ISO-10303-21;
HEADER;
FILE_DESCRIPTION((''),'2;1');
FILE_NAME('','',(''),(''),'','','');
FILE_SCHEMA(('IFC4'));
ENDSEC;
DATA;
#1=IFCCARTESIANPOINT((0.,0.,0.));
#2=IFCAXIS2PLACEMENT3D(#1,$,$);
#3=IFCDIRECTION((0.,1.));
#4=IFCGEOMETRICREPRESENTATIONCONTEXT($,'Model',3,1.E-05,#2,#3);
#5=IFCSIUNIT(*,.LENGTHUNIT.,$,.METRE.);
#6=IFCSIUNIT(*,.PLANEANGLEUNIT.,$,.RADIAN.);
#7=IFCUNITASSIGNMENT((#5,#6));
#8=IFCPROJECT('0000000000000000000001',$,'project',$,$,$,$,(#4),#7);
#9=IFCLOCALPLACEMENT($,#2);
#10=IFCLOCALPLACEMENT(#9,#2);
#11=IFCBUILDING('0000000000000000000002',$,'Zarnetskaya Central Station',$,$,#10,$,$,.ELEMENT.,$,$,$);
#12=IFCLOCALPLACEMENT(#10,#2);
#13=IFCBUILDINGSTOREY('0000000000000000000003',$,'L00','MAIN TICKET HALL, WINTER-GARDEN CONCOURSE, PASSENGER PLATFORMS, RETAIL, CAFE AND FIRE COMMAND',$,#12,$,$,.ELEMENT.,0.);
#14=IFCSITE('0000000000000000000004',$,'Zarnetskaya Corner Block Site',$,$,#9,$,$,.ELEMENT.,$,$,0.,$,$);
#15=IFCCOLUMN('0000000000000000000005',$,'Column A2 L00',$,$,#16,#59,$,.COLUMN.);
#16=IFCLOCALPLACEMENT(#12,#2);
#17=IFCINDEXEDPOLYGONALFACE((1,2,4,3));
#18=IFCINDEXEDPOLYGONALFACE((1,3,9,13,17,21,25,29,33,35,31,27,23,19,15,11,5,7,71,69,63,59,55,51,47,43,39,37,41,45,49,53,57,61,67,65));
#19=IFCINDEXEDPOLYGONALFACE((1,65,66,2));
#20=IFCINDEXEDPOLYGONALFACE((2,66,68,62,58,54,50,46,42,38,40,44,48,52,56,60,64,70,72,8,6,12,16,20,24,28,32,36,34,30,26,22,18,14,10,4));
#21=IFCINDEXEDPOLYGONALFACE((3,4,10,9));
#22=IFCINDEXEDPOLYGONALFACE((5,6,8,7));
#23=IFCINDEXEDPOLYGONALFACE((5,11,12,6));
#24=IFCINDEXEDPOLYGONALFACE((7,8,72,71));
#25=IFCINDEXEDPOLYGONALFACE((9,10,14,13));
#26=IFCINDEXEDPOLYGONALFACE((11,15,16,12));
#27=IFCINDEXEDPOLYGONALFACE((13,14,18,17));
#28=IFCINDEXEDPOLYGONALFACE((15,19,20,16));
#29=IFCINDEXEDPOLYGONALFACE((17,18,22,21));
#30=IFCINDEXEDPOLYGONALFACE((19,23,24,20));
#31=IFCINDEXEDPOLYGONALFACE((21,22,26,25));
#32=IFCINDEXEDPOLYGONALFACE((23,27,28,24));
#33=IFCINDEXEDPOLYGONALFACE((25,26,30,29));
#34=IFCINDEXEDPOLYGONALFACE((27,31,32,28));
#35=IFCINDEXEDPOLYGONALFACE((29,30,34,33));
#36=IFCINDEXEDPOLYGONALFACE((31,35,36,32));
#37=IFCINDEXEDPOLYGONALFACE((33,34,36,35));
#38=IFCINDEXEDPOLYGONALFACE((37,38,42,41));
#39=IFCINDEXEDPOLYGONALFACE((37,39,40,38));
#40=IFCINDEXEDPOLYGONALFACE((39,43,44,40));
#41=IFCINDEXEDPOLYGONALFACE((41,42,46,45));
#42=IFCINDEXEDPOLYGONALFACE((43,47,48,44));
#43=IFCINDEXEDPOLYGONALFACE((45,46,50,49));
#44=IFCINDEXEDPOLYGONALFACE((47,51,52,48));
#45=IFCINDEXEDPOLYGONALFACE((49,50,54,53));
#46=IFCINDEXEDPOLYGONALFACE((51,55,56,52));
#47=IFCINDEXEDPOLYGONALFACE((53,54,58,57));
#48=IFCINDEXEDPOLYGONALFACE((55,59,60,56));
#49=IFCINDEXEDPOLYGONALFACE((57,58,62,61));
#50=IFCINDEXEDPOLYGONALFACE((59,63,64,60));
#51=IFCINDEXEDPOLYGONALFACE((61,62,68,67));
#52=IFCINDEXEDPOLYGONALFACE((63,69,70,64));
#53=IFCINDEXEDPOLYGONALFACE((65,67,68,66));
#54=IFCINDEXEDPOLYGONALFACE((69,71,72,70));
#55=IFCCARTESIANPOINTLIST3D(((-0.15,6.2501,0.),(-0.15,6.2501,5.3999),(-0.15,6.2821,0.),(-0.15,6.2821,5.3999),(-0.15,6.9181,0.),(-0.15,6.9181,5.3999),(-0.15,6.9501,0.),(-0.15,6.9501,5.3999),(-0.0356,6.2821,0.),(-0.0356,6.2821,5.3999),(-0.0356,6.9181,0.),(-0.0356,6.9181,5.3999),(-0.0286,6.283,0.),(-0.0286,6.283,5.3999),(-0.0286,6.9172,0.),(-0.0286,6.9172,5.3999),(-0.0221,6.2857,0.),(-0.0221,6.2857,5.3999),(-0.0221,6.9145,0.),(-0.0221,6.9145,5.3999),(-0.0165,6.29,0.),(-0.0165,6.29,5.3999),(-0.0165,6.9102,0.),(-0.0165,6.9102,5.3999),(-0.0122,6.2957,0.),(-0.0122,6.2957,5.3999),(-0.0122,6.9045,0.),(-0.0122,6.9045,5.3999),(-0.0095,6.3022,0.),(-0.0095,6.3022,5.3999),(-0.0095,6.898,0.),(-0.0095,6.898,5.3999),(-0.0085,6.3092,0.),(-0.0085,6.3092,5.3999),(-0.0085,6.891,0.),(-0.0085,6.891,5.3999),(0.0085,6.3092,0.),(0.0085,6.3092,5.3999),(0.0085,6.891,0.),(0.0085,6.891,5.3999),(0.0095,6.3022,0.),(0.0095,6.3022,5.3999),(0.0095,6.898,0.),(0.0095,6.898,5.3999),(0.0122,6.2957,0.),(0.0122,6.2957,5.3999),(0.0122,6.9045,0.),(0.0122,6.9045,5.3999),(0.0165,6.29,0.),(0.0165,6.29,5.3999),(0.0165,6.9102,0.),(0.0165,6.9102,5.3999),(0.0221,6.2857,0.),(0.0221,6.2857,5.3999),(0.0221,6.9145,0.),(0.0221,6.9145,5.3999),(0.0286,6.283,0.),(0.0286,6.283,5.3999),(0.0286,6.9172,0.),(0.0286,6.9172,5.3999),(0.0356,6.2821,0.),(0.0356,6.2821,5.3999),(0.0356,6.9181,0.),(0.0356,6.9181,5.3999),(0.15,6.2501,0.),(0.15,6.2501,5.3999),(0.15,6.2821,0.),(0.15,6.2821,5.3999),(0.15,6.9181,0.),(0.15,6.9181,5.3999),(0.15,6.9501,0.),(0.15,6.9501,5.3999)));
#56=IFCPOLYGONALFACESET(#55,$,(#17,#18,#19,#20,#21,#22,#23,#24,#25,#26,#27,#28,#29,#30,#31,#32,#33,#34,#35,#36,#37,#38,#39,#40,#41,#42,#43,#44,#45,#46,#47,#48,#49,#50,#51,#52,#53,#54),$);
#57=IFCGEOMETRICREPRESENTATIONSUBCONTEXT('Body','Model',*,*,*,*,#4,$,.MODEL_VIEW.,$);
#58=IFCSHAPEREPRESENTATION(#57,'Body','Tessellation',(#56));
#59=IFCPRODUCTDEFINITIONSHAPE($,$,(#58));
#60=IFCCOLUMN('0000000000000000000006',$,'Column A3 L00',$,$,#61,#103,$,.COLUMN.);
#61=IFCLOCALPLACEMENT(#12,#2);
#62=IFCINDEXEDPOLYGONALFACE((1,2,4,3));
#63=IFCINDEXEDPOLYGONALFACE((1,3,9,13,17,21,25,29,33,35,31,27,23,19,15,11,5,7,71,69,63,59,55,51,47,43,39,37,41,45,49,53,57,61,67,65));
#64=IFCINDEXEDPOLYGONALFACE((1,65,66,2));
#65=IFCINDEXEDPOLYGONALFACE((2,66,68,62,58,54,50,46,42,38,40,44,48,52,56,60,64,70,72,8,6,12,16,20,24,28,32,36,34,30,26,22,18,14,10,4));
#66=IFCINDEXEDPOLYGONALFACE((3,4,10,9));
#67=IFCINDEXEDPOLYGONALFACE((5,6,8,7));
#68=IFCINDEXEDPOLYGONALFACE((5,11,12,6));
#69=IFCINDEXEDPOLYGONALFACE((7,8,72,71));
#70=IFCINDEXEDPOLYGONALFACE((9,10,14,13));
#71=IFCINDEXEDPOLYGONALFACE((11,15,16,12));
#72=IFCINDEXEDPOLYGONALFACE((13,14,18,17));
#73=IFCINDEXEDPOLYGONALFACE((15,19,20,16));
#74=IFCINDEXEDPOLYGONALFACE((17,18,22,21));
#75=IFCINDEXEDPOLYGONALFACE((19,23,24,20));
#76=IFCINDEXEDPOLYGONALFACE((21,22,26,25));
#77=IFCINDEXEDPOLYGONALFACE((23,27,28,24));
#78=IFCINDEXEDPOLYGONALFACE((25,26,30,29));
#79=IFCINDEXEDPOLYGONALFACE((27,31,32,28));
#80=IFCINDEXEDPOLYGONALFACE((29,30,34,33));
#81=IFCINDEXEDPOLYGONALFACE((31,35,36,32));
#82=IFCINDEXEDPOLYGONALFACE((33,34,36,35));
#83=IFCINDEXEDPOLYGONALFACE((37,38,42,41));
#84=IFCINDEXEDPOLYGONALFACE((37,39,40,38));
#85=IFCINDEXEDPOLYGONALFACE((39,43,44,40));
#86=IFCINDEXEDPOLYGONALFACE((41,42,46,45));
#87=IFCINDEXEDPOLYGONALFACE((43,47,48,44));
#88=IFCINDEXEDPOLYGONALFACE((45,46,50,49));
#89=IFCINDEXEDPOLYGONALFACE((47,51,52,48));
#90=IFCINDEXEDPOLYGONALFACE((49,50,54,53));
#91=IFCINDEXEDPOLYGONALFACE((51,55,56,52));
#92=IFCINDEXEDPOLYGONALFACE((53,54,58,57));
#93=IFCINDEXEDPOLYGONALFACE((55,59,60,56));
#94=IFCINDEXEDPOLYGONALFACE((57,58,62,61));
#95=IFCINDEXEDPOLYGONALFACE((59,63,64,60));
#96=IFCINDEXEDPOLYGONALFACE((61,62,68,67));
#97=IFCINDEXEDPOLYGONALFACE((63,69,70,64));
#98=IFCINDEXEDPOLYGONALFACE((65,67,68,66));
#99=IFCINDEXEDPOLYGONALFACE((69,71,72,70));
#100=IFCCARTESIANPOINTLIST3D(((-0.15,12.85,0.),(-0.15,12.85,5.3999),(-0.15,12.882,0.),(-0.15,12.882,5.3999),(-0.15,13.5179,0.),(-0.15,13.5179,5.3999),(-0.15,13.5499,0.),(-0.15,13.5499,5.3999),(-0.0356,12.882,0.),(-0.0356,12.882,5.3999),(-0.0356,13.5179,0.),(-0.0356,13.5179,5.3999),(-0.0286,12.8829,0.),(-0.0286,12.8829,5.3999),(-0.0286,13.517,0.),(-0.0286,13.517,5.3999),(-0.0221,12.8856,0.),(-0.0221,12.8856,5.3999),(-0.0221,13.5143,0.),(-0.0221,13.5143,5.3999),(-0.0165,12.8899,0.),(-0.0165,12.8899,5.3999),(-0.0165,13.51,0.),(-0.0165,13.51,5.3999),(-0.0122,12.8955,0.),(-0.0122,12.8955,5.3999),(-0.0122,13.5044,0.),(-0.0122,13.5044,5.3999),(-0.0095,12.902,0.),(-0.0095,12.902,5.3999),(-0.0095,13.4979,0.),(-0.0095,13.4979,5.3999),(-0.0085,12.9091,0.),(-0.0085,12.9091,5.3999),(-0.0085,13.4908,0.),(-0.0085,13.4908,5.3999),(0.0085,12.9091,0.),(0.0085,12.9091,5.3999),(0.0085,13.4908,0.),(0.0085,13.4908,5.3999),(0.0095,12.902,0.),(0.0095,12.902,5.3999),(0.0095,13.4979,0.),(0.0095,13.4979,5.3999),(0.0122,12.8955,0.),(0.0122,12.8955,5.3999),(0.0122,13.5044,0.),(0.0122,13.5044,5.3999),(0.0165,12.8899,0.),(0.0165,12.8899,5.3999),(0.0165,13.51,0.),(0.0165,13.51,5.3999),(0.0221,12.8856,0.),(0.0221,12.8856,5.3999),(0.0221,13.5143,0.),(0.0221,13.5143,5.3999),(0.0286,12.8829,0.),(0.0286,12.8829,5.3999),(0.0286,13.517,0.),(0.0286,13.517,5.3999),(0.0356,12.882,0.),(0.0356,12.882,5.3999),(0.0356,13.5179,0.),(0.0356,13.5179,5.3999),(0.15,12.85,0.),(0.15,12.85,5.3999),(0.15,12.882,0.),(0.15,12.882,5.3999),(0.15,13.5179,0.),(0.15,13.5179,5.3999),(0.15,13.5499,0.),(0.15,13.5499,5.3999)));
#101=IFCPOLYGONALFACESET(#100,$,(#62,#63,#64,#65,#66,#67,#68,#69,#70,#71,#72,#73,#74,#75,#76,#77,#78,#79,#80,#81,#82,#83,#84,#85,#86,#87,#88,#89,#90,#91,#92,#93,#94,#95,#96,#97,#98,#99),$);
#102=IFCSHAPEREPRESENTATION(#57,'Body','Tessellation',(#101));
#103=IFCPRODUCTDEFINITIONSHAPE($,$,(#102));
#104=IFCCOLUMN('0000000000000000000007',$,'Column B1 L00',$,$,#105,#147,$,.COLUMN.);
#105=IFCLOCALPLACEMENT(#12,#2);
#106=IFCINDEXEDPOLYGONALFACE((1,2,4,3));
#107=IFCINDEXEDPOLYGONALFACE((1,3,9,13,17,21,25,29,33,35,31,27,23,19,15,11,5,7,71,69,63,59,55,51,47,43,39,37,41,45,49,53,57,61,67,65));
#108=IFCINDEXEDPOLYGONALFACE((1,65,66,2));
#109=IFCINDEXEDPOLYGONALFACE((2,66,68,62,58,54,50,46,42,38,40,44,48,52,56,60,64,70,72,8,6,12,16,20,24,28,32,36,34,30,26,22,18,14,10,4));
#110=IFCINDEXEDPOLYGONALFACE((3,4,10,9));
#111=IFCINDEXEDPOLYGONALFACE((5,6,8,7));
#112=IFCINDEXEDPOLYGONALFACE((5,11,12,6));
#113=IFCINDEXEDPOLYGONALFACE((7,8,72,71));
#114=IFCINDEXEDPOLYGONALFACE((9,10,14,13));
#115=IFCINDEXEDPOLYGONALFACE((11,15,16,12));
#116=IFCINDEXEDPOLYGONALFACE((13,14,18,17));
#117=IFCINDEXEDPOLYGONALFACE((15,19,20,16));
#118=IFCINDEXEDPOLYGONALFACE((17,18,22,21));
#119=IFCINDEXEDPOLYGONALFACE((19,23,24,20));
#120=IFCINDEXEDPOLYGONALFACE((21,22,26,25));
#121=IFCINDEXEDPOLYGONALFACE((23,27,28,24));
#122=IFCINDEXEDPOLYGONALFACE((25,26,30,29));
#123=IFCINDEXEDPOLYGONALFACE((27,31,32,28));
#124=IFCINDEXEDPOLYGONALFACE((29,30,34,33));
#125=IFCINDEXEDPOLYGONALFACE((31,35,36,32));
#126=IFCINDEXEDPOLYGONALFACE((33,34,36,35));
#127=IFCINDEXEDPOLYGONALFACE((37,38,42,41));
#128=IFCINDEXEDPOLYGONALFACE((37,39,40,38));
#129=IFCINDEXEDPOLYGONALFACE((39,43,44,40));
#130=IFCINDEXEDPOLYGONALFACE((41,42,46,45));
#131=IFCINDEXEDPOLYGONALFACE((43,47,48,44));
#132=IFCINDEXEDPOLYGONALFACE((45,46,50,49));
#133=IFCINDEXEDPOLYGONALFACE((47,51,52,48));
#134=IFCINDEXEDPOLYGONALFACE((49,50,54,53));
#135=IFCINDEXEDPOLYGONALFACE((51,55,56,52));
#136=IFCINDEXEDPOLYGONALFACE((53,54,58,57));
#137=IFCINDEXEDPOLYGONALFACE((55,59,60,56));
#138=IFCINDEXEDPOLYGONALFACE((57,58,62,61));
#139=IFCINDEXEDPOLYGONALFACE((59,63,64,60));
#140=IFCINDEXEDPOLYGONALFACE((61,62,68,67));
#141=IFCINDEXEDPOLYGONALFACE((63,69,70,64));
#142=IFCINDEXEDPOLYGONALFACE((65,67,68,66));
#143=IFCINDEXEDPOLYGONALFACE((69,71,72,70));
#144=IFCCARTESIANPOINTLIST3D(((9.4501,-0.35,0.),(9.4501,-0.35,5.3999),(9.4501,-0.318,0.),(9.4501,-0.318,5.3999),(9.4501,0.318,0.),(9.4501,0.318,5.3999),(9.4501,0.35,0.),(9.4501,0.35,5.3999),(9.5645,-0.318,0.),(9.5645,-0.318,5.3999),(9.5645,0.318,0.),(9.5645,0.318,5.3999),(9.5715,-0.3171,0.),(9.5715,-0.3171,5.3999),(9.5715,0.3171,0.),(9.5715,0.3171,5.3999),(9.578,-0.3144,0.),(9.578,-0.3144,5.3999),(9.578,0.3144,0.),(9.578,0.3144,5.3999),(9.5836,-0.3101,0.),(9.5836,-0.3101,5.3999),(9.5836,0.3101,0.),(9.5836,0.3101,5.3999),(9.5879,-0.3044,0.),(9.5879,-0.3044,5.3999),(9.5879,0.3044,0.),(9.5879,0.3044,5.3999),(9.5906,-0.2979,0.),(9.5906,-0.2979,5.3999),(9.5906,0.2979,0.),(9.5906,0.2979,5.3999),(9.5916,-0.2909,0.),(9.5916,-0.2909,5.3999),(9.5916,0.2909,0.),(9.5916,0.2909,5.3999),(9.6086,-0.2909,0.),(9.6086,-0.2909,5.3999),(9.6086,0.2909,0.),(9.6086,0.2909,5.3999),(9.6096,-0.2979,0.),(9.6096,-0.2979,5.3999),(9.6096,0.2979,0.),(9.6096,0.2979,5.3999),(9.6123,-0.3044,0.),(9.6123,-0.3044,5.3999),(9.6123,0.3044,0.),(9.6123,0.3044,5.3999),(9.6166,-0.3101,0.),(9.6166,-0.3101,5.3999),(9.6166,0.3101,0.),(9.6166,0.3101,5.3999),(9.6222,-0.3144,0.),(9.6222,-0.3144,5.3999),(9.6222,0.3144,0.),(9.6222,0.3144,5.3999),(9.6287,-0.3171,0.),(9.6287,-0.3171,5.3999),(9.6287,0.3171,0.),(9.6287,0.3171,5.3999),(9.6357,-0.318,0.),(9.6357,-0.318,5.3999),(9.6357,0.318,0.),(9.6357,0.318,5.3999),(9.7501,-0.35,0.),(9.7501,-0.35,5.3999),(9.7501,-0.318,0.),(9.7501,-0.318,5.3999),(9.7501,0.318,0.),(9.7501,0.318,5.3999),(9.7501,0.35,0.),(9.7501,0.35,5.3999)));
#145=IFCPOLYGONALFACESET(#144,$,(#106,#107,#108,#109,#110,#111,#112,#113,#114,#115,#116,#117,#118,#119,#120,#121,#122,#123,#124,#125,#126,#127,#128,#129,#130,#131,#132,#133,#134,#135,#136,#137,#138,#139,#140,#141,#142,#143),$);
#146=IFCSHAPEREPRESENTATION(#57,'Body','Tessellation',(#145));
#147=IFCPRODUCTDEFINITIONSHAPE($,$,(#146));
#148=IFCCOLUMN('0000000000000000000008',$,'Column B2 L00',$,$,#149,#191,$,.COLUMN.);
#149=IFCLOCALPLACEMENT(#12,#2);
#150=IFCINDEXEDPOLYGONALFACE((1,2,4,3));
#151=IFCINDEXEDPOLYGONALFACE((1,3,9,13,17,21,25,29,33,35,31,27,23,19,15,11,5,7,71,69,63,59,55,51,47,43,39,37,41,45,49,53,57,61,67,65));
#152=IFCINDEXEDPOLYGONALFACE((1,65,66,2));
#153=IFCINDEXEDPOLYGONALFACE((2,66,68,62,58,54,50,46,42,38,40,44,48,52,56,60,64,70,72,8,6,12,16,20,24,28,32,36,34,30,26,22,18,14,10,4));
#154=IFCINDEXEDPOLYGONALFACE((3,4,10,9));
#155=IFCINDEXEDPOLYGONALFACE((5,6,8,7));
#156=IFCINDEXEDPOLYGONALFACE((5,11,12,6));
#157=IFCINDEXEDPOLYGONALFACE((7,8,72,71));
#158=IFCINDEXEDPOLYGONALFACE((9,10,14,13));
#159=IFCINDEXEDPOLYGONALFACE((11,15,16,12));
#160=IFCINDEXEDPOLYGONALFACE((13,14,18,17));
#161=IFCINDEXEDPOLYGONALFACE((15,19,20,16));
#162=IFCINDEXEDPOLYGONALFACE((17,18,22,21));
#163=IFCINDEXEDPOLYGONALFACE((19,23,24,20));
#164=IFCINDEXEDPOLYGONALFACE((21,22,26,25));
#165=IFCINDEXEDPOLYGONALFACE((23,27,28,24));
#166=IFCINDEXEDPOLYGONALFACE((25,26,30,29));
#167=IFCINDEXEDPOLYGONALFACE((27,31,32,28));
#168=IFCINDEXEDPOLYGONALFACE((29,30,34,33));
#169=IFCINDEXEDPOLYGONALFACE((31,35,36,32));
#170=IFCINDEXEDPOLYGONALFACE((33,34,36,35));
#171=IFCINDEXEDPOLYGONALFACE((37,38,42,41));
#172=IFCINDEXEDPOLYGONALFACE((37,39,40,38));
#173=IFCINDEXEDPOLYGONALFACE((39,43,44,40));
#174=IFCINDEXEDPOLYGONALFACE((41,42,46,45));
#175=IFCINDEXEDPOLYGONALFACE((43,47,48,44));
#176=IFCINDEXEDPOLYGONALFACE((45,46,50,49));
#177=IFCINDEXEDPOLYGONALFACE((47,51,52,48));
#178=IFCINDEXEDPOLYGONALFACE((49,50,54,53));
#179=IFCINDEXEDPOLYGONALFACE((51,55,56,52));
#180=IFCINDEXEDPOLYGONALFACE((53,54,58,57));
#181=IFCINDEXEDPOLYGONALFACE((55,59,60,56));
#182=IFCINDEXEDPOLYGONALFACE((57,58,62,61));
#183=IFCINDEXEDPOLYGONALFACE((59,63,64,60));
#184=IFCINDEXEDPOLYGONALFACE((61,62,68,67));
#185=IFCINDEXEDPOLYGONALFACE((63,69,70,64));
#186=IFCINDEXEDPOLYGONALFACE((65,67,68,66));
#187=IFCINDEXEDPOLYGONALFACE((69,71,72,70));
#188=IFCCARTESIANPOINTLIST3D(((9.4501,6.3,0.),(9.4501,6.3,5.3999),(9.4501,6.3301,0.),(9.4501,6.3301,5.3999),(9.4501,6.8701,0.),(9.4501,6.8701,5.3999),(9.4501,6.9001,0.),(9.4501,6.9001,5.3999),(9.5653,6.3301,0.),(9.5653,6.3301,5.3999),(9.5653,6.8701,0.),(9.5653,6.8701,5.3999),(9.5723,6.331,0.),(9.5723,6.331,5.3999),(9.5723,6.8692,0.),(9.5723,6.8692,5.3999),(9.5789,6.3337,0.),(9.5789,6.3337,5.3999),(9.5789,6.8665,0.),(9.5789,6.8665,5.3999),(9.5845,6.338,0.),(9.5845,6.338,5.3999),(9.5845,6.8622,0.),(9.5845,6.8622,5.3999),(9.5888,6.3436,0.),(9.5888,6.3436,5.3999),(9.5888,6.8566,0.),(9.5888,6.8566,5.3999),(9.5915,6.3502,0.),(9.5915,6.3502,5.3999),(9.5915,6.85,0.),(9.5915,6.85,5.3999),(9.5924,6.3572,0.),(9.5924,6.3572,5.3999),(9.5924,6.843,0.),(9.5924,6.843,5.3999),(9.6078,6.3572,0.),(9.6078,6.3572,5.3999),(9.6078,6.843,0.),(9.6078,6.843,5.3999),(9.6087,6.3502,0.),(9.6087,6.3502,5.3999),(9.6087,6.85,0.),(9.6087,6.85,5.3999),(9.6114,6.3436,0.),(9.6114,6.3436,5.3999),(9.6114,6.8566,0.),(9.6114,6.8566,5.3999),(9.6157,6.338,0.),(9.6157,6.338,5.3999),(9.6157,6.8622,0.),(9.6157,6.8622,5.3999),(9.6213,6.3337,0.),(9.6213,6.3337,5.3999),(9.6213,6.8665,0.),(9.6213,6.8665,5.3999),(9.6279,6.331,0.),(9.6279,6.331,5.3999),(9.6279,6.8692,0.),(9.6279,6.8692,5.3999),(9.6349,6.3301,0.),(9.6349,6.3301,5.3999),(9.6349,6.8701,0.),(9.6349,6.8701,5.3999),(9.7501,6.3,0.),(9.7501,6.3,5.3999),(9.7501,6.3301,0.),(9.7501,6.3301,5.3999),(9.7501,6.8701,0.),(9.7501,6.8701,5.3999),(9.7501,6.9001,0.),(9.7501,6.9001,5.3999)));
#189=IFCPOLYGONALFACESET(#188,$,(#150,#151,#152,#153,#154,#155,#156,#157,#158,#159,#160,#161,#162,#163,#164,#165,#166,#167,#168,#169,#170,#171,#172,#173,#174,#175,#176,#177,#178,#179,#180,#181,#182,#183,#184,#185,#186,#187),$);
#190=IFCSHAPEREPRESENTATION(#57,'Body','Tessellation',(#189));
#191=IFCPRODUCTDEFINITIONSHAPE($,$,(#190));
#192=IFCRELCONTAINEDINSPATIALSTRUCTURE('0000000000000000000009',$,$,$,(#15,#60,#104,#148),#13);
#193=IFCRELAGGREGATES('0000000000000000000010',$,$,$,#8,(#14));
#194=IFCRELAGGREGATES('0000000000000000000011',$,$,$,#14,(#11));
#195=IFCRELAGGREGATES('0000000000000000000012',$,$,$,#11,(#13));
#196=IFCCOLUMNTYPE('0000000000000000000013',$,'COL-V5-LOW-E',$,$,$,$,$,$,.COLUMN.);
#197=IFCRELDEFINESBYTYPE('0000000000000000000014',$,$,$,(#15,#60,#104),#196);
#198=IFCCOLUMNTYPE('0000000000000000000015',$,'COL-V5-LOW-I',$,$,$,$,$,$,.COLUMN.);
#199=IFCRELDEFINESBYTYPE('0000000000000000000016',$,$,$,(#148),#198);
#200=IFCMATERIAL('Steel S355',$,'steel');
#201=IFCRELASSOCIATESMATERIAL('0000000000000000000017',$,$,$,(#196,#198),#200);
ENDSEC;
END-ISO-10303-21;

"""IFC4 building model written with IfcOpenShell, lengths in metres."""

from ifc_helpers import new_model, si_unit, direction, frame, origin, origin_2d, place, context, subcontext, project, spatial, i_section, extrude, material, material_profile, profile_set, type_object, element, save


model = new_model("IFC4")

# Units and contexts
model_context = context("Model", 3, precision=1e-05, world=origin(), true_north=direction((0.0, 1.0)))
body_context = subcontext(model_context, "Body", "Model", "MODEL_VIEW")
ifc_project = project(units=[si_unit("LENGTHUNIT", "METRE"), si_unit("PLANEANGLEUNIT", "RADIAN")], contexts=[model_context])

# Site, building, storey
site_placement = place(None, origin())
site = spatial("IfcSite", under=ifc_project, at=site_placement, Name="Zarnetskaya Corner Block Site", CompositionType="ELEMENT", RefElevation=0.0)
building_placement = place(site_placement, origin())
building = spatial("IfcBuilding", under=site, at=building_placement, Name="Zarnetskaya Central Station", CompositionType="ELEMENT")
storey_placement = place(building_placement, origin())
storey = spatial("IfcBuildingStorey", under=building, at=storey_placement, Name="L00", Description="MAIN TICKET HALL, WINTER-GARDEN CONCOURSE, PASSENGER PLATFORMS, RETAIL, CAFE AND FIRE COMMAND", CompositionType="ELEMENT", Elevation=0.0)

# Columns
ifc_material_1 = material(Name="Steel S355", Category="steel")
ifc_material_profile_1 = material_profile(ifc_material_1, i_section(OverallWidth=0.3, OverallDepth=0.7, WebThickness=0.0171, FlangeThickness=0.032, FilletRadius=0.0271, at=origin_2d()), Name="HEB 700")
ifc_profile_set_1 = profile_set([ifc_material_profile_1], Name="Steel S355")
column_type_1 = type_object("IfcColumnType", Name="COL-V5-LOW-E", PredefinedType="COLUMN", material=ifc_profile_set_1)
for number, where, z_axis, x_axis, name in (
    (1, (0.0, 6.6001, 0.0), (0.0, 0.0, 1.0), (1.0, 0.0, 0.0), "Column A2 L00"),
    (2, (0.0, 13.2, 0.0), (0.0, 0.0, 1.0), (1.0, 0.0, 0.0), "Column A3 L00"),
    (3, (9.6001, 0.0, 0.0), (0.0, 0.0, 1.0), (1.0, 0.0, 0.0), "Column B1 L00"),
):
    element("IfcColumn", number, at=place(storey_placement, frame(where, z_axis=z_axis, x_axis=x_axis)), inside=storey, type_object=column_type_1, Name=name, PredefinedType="COLUMN", context=body_context, shape_type="SweptSolid", body=[
        extrude(i_section(OverallWidth=0.3, OverallDepth=0.7, WebThickness=0.0171, FlangeThickness=0.032, FilletRadius=0.0271, at=origin_2d()), origin(), (0.0, 0.0, 1.0), 5.3999),
    ])
ifc_material_profile_2 = material_profile(ifc_material_1, i_section(OverallWidth=0.3, OverallDepth=0.6001, WebThickness=0.0154, FlangeThickness=0.03, FilletRadius=0.0271, at=origin_2d()), Name="HEB 600")
ifc_profile_set_2 = profile_set([ifc_material_profile_2], Name="Steel S355")
column_type_2 = type_object("IfcColumnType", Name="COL-V5-LOW-I", PredefinedType="COLUMN", material=ifc_profile_set_2)
for number, where, z_axis, x_axis, name in (
    (4, (9.6001, 6.6001, 0.0), (0.0, 0.0, 1.0), (1.0, 0.0, 0.0), "Column B2 L00"),
):
    element("IfcColumn", number, at=place(storey_placement, frame(where, z_axis=z_axis, x_axis=x_axis)), inside=storey, type_object=column_type_2, Name=name, PredefinedType="COLUMN", context=body_context, shape_type="SweptSolid", body=[
        extrude(i_section(OverallWidth=0.3, OverallDepth=0.6001, WebThickness=0.0154, FlangeThickness=0.03, FilletRadius=0.0271, at=origin_2d()), origin(), (0.0, 0.0, 1.0), 5.3999),
    ])

save(model, "model.ifc")
